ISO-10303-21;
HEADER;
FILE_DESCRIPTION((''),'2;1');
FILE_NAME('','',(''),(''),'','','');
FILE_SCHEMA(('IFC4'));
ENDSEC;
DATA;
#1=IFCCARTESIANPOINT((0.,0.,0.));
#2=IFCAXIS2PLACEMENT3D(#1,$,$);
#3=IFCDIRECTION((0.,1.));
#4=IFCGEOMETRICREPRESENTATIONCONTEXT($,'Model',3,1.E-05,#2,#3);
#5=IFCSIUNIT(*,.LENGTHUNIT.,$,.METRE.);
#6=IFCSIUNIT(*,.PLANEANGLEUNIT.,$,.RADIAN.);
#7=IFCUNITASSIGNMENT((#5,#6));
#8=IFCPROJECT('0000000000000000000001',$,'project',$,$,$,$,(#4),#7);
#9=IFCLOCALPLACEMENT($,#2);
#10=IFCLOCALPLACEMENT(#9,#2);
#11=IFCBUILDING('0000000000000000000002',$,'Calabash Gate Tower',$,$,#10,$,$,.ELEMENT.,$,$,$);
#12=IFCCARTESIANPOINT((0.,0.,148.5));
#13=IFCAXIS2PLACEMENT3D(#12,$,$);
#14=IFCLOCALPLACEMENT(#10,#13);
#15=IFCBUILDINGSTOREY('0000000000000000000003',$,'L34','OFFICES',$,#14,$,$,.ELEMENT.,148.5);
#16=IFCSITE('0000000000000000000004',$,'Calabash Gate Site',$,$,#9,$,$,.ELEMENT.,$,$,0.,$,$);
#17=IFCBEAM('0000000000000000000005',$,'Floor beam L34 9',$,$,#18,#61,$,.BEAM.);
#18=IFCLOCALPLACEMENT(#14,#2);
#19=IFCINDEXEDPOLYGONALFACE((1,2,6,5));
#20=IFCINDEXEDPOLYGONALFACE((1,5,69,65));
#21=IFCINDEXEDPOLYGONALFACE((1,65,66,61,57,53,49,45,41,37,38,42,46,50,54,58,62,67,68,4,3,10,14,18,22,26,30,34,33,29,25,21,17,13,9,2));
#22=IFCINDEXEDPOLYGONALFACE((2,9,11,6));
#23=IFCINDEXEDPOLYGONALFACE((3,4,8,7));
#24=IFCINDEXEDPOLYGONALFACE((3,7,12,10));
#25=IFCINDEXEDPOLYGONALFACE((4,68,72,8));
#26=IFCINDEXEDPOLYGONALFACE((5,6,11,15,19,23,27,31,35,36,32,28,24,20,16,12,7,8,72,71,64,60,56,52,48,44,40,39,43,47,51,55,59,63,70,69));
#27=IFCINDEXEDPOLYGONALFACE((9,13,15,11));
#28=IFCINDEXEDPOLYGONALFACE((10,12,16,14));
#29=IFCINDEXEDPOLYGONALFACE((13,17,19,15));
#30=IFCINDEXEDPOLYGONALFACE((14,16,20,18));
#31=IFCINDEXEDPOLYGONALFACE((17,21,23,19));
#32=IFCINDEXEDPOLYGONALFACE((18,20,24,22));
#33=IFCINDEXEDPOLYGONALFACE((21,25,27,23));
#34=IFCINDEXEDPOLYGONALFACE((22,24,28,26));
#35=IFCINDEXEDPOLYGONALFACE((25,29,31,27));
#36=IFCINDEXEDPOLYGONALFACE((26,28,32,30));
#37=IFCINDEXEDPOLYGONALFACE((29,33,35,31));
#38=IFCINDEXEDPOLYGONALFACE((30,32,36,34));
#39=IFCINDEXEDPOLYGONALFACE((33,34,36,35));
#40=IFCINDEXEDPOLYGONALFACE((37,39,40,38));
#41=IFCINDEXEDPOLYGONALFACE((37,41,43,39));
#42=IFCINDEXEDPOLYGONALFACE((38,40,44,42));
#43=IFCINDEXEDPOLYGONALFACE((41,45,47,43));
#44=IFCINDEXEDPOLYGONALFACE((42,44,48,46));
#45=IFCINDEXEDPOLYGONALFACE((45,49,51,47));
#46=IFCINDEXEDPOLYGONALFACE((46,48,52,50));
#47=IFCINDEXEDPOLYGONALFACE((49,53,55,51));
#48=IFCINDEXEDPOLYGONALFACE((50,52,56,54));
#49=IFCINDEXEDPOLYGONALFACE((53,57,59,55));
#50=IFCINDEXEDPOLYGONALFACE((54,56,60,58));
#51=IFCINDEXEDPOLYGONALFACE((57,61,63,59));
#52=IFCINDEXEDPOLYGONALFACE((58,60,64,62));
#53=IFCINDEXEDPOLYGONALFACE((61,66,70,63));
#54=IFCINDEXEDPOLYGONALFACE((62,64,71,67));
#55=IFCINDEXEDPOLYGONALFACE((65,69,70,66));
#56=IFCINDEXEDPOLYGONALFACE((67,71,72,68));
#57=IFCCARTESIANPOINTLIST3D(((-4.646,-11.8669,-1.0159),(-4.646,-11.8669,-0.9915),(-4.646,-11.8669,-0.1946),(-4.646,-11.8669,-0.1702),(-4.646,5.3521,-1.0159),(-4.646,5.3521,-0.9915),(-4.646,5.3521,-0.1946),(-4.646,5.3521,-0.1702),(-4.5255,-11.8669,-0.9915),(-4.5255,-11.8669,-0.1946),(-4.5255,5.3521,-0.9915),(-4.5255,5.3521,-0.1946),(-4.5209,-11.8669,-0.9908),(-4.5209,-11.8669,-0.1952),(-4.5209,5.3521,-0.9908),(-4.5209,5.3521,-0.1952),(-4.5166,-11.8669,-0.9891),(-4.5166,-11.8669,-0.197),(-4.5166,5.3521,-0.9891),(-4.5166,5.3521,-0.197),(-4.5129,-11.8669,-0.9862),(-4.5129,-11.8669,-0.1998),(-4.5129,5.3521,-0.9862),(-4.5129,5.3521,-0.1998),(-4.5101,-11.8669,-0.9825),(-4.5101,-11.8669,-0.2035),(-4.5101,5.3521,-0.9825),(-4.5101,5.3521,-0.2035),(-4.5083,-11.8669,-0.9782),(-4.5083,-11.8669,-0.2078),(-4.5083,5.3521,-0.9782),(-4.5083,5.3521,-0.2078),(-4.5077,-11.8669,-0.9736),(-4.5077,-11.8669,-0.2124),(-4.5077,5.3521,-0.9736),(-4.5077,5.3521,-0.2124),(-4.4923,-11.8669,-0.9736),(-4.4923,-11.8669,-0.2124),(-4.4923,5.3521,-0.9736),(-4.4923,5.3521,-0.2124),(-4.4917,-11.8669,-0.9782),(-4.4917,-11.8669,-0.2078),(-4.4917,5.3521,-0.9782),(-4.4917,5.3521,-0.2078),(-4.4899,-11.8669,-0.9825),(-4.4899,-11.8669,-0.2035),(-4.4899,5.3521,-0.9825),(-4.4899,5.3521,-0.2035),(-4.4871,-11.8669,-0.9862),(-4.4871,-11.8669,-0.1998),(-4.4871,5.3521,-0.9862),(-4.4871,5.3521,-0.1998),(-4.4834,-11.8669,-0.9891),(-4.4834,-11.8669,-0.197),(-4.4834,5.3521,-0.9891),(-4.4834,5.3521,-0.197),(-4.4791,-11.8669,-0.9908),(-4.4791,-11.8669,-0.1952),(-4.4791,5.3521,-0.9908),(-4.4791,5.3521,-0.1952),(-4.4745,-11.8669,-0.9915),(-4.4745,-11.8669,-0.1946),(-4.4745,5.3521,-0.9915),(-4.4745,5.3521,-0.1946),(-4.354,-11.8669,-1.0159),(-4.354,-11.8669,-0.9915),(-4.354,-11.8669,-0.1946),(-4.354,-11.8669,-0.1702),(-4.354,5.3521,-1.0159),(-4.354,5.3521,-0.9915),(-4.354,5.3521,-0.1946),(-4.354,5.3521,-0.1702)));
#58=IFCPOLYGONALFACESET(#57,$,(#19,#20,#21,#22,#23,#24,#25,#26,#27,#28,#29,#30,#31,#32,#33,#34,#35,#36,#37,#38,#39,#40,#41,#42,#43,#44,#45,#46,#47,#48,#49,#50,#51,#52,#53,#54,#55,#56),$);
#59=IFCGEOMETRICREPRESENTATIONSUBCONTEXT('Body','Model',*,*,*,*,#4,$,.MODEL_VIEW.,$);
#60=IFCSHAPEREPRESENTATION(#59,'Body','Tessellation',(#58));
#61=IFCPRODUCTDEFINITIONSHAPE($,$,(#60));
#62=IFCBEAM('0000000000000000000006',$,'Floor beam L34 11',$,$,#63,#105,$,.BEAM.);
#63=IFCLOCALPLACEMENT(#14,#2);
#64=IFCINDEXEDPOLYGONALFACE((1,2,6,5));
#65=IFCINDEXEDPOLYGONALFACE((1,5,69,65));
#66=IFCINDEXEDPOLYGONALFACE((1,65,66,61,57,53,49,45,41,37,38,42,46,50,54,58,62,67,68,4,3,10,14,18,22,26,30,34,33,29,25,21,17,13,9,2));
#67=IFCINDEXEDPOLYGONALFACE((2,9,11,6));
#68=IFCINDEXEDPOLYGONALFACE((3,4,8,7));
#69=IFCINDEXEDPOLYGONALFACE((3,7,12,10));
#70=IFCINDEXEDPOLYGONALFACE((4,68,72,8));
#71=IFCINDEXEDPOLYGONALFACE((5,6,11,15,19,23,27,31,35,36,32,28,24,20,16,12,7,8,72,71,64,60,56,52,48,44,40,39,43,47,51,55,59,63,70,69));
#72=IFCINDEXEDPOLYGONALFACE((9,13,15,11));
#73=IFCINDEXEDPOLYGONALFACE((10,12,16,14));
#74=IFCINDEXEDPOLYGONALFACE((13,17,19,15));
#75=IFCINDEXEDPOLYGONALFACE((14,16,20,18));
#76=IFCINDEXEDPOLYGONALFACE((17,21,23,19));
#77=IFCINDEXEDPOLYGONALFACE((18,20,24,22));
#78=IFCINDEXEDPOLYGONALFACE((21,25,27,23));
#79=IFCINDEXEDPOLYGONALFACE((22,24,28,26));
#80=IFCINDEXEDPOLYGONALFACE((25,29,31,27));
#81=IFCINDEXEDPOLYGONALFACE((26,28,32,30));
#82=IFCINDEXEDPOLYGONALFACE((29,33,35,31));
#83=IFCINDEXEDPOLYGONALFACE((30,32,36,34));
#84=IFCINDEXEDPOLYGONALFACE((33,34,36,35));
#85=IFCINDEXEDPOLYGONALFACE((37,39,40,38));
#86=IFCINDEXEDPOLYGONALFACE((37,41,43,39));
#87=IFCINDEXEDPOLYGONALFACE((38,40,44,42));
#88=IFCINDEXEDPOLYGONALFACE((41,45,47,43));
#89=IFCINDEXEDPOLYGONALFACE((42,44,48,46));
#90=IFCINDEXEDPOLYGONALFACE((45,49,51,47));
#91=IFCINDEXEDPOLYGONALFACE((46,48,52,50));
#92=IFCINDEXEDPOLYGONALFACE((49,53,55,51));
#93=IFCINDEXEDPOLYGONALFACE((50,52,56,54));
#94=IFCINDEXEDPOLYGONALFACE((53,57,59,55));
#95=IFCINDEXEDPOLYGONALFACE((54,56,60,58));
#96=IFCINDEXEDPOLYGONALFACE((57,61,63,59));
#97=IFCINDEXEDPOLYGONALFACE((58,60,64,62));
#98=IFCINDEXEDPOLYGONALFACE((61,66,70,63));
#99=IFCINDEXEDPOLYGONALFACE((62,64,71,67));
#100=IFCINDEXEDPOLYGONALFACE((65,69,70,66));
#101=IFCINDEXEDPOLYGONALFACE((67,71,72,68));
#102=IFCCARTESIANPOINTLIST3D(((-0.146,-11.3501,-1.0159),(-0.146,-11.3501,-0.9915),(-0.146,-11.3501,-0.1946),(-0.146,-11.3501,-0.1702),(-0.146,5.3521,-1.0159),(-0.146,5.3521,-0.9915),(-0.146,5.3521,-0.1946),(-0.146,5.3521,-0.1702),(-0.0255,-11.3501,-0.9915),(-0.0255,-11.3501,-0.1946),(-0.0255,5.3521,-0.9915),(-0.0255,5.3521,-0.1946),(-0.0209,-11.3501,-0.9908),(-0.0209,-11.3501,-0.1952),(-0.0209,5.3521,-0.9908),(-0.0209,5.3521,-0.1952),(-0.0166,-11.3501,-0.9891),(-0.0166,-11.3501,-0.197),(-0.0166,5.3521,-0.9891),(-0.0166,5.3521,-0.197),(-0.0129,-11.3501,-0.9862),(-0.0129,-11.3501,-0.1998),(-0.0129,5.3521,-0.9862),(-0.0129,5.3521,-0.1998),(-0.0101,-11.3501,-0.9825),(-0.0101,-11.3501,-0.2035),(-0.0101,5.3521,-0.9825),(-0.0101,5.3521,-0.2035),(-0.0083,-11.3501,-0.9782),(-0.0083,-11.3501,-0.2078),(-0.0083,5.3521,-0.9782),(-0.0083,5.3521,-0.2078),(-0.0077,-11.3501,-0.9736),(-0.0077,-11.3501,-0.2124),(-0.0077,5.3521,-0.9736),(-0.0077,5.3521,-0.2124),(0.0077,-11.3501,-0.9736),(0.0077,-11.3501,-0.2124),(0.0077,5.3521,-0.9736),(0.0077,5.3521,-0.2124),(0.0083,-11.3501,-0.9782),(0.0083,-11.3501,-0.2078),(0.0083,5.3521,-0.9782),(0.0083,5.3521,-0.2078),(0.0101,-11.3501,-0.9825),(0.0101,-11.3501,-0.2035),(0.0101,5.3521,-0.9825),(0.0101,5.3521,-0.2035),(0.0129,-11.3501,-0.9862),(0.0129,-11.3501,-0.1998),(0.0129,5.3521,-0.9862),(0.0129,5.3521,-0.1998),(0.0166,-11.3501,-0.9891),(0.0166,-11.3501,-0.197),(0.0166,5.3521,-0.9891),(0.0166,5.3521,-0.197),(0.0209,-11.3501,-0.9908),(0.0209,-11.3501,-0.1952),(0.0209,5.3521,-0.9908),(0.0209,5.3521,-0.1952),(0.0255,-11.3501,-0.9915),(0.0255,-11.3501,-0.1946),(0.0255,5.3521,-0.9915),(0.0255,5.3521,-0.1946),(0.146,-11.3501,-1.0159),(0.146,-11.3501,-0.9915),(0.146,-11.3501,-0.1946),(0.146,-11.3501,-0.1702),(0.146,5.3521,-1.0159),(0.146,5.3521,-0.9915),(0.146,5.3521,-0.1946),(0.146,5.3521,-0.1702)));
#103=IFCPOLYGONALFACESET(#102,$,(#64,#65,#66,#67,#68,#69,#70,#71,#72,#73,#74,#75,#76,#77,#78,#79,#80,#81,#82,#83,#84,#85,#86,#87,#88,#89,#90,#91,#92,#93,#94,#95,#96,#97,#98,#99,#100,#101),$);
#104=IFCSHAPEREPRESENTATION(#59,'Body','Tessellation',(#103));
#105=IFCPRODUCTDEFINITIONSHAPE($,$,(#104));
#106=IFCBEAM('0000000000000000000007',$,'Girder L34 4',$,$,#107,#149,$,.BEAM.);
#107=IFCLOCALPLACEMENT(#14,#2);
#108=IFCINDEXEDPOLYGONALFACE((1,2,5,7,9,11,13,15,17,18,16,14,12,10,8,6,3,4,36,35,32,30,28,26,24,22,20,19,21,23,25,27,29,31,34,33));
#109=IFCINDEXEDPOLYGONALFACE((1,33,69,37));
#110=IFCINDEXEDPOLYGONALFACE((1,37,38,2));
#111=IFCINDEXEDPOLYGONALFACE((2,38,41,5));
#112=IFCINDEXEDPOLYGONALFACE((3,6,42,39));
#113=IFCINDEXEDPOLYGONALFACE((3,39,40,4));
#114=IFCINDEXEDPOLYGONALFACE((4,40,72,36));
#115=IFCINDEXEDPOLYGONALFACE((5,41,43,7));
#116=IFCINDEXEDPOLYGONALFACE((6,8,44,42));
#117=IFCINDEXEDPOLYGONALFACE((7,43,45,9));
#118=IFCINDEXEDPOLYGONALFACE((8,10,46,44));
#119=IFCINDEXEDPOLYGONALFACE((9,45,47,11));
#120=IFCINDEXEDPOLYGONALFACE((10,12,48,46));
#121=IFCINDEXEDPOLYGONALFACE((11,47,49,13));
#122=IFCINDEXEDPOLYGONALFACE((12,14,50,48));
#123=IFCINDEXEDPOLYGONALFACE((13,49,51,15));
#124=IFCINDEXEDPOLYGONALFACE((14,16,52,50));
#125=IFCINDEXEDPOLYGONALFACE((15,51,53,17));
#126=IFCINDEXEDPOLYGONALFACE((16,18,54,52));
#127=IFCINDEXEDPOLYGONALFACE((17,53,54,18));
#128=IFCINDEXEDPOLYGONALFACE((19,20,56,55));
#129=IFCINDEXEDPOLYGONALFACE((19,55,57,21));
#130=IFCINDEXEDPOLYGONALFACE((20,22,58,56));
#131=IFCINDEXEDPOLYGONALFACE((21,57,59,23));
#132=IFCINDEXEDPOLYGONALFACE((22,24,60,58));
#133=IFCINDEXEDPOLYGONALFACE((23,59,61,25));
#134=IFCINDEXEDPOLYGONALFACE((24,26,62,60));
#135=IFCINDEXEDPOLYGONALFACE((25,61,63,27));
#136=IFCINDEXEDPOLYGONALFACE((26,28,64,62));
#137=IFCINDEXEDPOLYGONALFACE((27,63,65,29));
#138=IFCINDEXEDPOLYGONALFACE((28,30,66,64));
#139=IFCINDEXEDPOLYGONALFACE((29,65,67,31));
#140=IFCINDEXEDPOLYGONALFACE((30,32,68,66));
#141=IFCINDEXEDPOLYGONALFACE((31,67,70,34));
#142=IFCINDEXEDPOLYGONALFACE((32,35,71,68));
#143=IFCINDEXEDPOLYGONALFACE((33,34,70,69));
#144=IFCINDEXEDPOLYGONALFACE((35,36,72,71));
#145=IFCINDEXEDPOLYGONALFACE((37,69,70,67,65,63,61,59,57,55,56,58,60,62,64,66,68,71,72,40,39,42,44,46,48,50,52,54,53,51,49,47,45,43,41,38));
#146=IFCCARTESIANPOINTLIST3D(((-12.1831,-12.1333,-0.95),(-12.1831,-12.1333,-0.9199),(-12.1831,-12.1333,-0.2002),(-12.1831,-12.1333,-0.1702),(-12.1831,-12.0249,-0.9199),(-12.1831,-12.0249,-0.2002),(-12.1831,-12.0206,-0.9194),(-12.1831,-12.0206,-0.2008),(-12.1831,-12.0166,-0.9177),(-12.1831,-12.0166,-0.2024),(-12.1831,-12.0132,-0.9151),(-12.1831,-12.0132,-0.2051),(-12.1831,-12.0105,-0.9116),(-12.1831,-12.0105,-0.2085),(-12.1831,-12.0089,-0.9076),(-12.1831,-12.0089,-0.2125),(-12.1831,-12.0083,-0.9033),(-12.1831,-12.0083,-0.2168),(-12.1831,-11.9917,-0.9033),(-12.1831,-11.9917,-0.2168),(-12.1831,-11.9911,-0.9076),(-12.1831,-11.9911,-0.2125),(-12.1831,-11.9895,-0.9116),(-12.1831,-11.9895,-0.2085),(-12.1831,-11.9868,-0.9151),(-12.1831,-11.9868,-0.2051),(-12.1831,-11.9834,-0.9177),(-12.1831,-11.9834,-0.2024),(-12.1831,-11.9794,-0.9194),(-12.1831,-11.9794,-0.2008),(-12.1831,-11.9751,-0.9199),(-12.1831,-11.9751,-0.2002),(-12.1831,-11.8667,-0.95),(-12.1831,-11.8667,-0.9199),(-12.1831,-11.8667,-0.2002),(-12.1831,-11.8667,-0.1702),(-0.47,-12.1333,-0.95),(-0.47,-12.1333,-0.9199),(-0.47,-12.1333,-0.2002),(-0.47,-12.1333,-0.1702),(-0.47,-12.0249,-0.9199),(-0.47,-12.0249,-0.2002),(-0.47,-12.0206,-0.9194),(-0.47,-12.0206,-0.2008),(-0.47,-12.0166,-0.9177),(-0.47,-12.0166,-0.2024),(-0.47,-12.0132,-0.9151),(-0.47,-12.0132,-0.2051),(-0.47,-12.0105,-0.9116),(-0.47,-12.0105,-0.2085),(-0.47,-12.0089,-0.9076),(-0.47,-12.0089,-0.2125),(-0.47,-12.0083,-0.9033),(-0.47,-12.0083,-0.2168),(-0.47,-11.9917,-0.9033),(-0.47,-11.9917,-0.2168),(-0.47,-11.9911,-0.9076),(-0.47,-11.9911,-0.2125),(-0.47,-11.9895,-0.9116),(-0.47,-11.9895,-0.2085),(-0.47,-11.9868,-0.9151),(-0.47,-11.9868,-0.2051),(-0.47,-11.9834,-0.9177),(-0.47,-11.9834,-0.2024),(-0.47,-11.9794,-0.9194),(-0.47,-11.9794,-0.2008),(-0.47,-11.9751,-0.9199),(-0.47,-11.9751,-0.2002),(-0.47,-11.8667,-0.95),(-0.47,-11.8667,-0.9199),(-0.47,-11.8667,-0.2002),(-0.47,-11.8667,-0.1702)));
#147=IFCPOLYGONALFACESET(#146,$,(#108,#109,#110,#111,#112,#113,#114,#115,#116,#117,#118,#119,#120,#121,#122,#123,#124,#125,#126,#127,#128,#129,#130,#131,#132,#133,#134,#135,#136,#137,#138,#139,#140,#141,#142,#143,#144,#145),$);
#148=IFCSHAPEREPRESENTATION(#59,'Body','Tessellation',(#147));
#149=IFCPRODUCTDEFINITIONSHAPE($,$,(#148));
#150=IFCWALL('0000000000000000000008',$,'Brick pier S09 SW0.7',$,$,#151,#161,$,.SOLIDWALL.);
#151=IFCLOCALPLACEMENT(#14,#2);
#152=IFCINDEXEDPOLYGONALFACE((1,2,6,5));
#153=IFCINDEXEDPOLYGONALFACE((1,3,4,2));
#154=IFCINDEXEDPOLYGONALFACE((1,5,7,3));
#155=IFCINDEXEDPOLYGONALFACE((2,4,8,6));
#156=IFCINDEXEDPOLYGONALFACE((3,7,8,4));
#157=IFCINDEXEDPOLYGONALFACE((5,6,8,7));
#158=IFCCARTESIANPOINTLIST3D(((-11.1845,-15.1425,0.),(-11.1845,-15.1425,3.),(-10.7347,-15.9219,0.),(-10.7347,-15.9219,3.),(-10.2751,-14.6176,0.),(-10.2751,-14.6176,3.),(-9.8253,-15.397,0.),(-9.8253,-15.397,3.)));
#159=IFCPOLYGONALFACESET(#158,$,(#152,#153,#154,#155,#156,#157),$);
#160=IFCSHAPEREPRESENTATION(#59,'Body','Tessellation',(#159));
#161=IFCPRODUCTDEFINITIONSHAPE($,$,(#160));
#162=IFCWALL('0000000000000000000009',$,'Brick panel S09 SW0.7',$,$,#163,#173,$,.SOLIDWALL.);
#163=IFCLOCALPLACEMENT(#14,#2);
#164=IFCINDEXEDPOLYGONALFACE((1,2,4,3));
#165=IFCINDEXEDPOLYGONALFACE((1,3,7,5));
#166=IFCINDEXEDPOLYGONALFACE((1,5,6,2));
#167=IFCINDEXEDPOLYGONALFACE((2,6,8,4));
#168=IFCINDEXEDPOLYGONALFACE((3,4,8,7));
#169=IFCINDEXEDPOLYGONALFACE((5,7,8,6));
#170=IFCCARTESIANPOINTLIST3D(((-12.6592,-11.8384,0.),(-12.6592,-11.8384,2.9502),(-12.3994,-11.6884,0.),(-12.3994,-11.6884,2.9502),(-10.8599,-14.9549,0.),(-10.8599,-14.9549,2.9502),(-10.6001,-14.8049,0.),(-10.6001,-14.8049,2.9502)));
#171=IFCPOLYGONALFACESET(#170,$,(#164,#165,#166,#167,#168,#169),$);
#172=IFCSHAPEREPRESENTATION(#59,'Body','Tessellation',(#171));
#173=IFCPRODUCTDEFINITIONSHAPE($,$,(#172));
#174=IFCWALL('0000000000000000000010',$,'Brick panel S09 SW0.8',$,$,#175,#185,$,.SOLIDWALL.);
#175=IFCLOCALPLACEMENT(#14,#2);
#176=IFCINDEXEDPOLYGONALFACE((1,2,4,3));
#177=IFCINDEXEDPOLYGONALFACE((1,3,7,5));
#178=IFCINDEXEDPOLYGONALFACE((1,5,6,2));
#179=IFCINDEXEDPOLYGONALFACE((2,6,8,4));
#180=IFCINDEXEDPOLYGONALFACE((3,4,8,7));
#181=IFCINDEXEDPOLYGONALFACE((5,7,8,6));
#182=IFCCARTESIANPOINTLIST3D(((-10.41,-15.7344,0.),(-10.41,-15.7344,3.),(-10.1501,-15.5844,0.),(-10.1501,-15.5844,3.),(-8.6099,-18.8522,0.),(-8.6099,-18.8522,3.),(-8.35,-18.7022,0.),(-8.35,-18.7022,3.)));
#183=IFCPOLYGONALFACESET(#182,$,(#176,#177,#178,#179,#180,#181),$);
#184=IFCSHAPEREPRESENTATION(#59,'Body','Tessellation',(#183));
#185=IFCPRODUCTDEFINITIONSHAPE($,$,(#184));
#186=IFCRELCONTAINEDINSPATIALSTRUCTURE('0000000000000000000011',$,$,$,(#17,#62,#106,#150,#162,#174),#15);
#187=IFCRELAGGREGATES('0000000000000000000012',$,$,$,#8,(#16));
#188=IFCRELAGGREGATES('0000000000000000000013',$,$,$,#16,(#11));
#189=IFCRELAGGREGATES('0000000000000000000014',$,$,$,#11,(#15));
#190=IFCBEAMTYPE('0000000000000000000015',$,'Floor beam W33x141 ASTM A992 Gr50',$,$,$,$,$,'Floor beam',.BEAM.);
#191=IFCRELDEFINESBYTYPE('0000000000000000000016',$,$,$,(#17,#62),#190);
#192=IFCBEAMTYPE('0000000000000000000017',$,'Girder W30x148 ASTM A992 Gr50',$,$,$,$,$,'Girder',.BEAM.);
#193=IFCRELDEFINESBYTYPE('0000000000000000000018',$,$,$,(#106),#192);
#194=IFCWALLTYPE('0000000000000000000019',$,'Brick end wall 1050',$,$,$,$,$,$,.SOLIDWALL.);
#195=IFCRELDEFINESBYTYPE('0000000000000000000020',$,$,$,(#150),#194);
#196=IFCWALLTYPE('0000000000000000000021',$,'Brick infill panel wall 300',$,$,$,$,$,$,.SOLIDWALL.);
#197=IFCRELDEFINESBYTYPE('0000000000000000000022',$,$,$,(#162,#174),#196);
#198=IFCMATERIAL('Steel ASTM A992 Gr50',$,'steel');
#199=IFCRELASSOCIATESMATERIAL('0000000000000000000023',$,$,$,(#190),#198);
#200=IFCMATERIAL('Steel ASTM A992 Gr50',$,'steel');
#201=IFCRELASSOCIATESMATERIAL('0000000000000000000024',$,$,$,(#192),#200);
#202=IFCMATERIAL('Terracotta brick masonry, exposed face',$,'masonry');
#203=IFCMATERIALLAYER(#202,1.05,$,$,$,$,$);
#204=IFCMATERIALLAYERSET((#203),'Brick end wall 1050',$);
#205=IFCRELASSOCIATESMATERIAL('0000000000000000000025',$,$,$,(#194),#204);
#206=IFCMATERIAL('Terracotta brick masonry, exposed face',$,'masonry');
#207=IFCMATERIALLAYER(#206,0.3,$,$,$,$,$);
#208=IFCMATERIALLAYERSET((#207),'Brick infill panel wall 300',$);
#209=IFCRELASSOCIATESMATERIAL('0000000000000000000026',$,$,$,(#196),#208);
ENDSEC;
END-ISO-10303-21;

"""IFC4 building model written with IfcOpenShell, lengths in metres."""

from ifc_helpers import new_model, si_unit, direction, frame, frame_2d, origin, origin_2d, place, context, subcontext, project, spatial, rectangle, i_section, extrude, material, layer, layer_set, material_profile, profile_set, type_object, element, save


model = new_model("IFC4")

# Units and contexts
model_context = context("Model", 3, precision=1e-05, world=origin(), true_north=direction((0.0, 1.0)))
body_context = subcontext(model_context, "Body", "Model", "MODEL_VIEW")
ifc_project = project(units=[si_unit("LENGTHUNIT", "METRE"), si_unit("PLANEANGLEUNIT", "RADIAN")], contexts=[model_context])

# Site, building, storey
site_placement = place(None, origin())
site = spatial("IfcSite", under=ifc_project, at=site_placement, Name="Calabash Gate Site", CompositionType="ELEMENT", RefElevation=0.0)
building_placement = place(site_placement, origin())
building = spatial("IfcBuilding", under=site, at=building_placement, Name="Calabash Gate Tower", CompositionType="ELEMENT")
storey_placement = place(building_placement, frame((0.0, 0.0, 148.5)))
storey = spatial("IfcBuildingStorey", under=building, at=storey_placement, Name="L34", Description="OFFICES", CompositionType="ELEMENT", Elevation=148.5)

# Beams
ifc_material_1 = material(Name="Steel ASTM A992 Gr50", Category="steel")
ifc_material_profile_1 = material_profile(ifc_material_1, i_section(OverallWidth=0.292, OverallDepth=0.8457, WebThickness=0.0154, FlangeThickness=0.0244, FilletRadius=0.0178, at=origin_2d()))
ifc_profile_set_1 = profile_set([ifc_material_profile_1], Name="Steel ASTM A992 Gr50")
beam_type_1 = type_object("IfcBeamType", Name="Floor beam W33x141 ASTM A992 Gr50", ElementType="Floor beam", PredefinedType="BEAM", material=ifc_profile_set_1)
beam_1_placement = place(storey_placement, frame((-4.5, -11.8669, -0.593), z_axis=(0.0, 1.0, 0.0), x_axis=(-1.0, 0.0, 0.0)))
element("IfcBeam", 1, at=beam_1_placement, inside=storey, type_object=beam_type_1, Name="Floor beam L34 9", PredefinedType="BEAM", context=body_context, shape_type="SweptSolid", body=[
    extrude(i_section(OverallWidth=0.292, OverallDepth=0.8457, WebThickness=0.0154, FlangeThickness=0.0244, FilletRadius=0.0178, at=origin_2d()), origin(), (0.0, 0.0, 1.0), 17.219),
])
beam_2_placement = place(storey_placement, frame((0.0, -11.3501, -0.593), z_axis=(0.0, 1.0, 0.0), x_axis=(-1.0, 0.0, 0.0)))
element("IfcBeam", 2, at=beam_2_placement, inside=storey, type_object=beam_type_1, Name="Floor beam L34 11", PredefinedType="BEAM", context=body_context, shape_type="SweptSolid", body=[
    extrude(i_section(OverallWidth=0.292, OverallDepth=0.8457, WebThickness=0.0154, FlangeThickness=0.0244, FilletRadius=0.0178, at=origin_2d()), origin(), (0.0, 0.0, 1.0), 16.7021),
])
ifc_material_2 = material(Name="Steel ASTM A992 Gr50", Category="steel")
ifc_material_profile_2 = material_profile(ifc_material_2, i_section(OverallWidth=0.2666, OverallDepth=0.7798, WebThickness=0.0166, FlangeThickness=0.03, FilletRadius=0.0166, at=origin_2d()))
ifc_profile_set_2 = profile_set([ifc_material_profile_2], Name="Steel ASTM A992 Gr50")
beam_type_2 = type_object("IfcBeamType", Name="Girder W30x148 ASTM A992 Gr50", ElementType="Girder", PredefinedType="BEAM", material=ifc_profile_set_2)
beam_3_placement = place(storey_placement, frame((-12.1831, -12.0, -0.5601), z_axis=(1.0, 0.0, 0.0), x_axis=(0.0, 1.0, 0.0)))
element("IfcBeam", 3, at=beam_3_placement, inside=storey, type_object=beam_type_2, Name="Girder L34 4", PredefinedType="BEAM", context=body_context, shape_type="SweptSolid", body=[
    extrude(i_section(OverallWidth=0.2666, OverallDepth=0.7798, WebThickness=0.0166, FlangeThickness=0.03, FilletRadius=0.0166, at=origin_2d()), origin(), (0.0, 0.0, 1.0), 11.7131),
])

# Walls
ifc_material_3 = material(Name="Terracotta brick masonry, exposed face", Category="masonry")
ifc_layer_1 = layer(ifc_material_3, 1.05)
ifc_layer_set_1 = layer_set([ifc_layer_1], Name="Brick end wall 1050")
wall_type_1 = type_object("IfcWallType", Name="Brick end wall 1050", PredefinedType="SOLIDWALL", material=ifc_layer_set_1)
wall_1_placement = place(storey_placement, frame((-10.0503, -15.0073, 0.0), z_axis=(0.0, 0.0, 1.0), x_axis=(-0.866089, -0.49989, 0.0)))
element("IfcWall", 4, at=wall_1_placement, inside=storey, type_object=wall_type_1, Name="Brick pier S09 SW0.7", PredefinedType="SOLIDWALL", context=body_context, shape_type="SweptSolid", body=[
    extrude(rectangle(XDim=1.05, YDim=0.8999, at=frame_2d((0.5249, 0.0))), origin(), (0.0, 0.0, 1.0), 3.0),
])
ifc_material_4 = material(Name="Terracotta brick masonry, exposed face", Category="masonry")
ifc_layer_2 = layer(ifc_material_4, 0.3)
ifc_layer_set_2 = layer_set([ifc_layer_2], Name="Brick infill panel wall 300")
wall_type_2 = type_object("IfcWallType", Name="Brick infill panel wall 300", PredefinedType="SOLIDWALL", material=ifc_layer_set_2)
wall_2_placement = place(storey_placement, frame((-10.73, -14.8799, 0.0), z_axis=(0.0, 0.0, 1.0), x_axis=(-0.500006, 0.866022, 0.0)))
element("IfcWall", 5, at=wall_2_placement, inside=storey, type_object=wall_type_2, Name="Brick panel S09 SW0.7", PredefinedType="SOLIDWALL", context=body_context, shape_type="SweptSolid", body=[
    extrude(rectangle(XDim=3.5986, YDim=0.3, at=frame_2d((1.7993, 0.0))), origin(), (0.0, 0.0, 1.0), 2.9502),
])
wall_3_placement = place(storey_placement, frame((-10.28, -15.6594, 0.0), z_axis=(0.0, 0.0, 1.0), x_axis=(0.500012, -0.866018, 0.0)))
element("IfcWall", 6, at=wall_3_placement, inside=storey, type_object=wall_type_2, Name="Brick panel S09 SW0.8", PredefinedType="SOLIDWALL", context=body_context, shape_type="SweptSolid", body=[
    extrude(rectangle(XDim=3.6001, YDim=0.3, at=frame_2d((1.8, 0.0))), origin(), (0.0, 0.0, 1.0), 3.0),
])

save(model, "model.ifc")
